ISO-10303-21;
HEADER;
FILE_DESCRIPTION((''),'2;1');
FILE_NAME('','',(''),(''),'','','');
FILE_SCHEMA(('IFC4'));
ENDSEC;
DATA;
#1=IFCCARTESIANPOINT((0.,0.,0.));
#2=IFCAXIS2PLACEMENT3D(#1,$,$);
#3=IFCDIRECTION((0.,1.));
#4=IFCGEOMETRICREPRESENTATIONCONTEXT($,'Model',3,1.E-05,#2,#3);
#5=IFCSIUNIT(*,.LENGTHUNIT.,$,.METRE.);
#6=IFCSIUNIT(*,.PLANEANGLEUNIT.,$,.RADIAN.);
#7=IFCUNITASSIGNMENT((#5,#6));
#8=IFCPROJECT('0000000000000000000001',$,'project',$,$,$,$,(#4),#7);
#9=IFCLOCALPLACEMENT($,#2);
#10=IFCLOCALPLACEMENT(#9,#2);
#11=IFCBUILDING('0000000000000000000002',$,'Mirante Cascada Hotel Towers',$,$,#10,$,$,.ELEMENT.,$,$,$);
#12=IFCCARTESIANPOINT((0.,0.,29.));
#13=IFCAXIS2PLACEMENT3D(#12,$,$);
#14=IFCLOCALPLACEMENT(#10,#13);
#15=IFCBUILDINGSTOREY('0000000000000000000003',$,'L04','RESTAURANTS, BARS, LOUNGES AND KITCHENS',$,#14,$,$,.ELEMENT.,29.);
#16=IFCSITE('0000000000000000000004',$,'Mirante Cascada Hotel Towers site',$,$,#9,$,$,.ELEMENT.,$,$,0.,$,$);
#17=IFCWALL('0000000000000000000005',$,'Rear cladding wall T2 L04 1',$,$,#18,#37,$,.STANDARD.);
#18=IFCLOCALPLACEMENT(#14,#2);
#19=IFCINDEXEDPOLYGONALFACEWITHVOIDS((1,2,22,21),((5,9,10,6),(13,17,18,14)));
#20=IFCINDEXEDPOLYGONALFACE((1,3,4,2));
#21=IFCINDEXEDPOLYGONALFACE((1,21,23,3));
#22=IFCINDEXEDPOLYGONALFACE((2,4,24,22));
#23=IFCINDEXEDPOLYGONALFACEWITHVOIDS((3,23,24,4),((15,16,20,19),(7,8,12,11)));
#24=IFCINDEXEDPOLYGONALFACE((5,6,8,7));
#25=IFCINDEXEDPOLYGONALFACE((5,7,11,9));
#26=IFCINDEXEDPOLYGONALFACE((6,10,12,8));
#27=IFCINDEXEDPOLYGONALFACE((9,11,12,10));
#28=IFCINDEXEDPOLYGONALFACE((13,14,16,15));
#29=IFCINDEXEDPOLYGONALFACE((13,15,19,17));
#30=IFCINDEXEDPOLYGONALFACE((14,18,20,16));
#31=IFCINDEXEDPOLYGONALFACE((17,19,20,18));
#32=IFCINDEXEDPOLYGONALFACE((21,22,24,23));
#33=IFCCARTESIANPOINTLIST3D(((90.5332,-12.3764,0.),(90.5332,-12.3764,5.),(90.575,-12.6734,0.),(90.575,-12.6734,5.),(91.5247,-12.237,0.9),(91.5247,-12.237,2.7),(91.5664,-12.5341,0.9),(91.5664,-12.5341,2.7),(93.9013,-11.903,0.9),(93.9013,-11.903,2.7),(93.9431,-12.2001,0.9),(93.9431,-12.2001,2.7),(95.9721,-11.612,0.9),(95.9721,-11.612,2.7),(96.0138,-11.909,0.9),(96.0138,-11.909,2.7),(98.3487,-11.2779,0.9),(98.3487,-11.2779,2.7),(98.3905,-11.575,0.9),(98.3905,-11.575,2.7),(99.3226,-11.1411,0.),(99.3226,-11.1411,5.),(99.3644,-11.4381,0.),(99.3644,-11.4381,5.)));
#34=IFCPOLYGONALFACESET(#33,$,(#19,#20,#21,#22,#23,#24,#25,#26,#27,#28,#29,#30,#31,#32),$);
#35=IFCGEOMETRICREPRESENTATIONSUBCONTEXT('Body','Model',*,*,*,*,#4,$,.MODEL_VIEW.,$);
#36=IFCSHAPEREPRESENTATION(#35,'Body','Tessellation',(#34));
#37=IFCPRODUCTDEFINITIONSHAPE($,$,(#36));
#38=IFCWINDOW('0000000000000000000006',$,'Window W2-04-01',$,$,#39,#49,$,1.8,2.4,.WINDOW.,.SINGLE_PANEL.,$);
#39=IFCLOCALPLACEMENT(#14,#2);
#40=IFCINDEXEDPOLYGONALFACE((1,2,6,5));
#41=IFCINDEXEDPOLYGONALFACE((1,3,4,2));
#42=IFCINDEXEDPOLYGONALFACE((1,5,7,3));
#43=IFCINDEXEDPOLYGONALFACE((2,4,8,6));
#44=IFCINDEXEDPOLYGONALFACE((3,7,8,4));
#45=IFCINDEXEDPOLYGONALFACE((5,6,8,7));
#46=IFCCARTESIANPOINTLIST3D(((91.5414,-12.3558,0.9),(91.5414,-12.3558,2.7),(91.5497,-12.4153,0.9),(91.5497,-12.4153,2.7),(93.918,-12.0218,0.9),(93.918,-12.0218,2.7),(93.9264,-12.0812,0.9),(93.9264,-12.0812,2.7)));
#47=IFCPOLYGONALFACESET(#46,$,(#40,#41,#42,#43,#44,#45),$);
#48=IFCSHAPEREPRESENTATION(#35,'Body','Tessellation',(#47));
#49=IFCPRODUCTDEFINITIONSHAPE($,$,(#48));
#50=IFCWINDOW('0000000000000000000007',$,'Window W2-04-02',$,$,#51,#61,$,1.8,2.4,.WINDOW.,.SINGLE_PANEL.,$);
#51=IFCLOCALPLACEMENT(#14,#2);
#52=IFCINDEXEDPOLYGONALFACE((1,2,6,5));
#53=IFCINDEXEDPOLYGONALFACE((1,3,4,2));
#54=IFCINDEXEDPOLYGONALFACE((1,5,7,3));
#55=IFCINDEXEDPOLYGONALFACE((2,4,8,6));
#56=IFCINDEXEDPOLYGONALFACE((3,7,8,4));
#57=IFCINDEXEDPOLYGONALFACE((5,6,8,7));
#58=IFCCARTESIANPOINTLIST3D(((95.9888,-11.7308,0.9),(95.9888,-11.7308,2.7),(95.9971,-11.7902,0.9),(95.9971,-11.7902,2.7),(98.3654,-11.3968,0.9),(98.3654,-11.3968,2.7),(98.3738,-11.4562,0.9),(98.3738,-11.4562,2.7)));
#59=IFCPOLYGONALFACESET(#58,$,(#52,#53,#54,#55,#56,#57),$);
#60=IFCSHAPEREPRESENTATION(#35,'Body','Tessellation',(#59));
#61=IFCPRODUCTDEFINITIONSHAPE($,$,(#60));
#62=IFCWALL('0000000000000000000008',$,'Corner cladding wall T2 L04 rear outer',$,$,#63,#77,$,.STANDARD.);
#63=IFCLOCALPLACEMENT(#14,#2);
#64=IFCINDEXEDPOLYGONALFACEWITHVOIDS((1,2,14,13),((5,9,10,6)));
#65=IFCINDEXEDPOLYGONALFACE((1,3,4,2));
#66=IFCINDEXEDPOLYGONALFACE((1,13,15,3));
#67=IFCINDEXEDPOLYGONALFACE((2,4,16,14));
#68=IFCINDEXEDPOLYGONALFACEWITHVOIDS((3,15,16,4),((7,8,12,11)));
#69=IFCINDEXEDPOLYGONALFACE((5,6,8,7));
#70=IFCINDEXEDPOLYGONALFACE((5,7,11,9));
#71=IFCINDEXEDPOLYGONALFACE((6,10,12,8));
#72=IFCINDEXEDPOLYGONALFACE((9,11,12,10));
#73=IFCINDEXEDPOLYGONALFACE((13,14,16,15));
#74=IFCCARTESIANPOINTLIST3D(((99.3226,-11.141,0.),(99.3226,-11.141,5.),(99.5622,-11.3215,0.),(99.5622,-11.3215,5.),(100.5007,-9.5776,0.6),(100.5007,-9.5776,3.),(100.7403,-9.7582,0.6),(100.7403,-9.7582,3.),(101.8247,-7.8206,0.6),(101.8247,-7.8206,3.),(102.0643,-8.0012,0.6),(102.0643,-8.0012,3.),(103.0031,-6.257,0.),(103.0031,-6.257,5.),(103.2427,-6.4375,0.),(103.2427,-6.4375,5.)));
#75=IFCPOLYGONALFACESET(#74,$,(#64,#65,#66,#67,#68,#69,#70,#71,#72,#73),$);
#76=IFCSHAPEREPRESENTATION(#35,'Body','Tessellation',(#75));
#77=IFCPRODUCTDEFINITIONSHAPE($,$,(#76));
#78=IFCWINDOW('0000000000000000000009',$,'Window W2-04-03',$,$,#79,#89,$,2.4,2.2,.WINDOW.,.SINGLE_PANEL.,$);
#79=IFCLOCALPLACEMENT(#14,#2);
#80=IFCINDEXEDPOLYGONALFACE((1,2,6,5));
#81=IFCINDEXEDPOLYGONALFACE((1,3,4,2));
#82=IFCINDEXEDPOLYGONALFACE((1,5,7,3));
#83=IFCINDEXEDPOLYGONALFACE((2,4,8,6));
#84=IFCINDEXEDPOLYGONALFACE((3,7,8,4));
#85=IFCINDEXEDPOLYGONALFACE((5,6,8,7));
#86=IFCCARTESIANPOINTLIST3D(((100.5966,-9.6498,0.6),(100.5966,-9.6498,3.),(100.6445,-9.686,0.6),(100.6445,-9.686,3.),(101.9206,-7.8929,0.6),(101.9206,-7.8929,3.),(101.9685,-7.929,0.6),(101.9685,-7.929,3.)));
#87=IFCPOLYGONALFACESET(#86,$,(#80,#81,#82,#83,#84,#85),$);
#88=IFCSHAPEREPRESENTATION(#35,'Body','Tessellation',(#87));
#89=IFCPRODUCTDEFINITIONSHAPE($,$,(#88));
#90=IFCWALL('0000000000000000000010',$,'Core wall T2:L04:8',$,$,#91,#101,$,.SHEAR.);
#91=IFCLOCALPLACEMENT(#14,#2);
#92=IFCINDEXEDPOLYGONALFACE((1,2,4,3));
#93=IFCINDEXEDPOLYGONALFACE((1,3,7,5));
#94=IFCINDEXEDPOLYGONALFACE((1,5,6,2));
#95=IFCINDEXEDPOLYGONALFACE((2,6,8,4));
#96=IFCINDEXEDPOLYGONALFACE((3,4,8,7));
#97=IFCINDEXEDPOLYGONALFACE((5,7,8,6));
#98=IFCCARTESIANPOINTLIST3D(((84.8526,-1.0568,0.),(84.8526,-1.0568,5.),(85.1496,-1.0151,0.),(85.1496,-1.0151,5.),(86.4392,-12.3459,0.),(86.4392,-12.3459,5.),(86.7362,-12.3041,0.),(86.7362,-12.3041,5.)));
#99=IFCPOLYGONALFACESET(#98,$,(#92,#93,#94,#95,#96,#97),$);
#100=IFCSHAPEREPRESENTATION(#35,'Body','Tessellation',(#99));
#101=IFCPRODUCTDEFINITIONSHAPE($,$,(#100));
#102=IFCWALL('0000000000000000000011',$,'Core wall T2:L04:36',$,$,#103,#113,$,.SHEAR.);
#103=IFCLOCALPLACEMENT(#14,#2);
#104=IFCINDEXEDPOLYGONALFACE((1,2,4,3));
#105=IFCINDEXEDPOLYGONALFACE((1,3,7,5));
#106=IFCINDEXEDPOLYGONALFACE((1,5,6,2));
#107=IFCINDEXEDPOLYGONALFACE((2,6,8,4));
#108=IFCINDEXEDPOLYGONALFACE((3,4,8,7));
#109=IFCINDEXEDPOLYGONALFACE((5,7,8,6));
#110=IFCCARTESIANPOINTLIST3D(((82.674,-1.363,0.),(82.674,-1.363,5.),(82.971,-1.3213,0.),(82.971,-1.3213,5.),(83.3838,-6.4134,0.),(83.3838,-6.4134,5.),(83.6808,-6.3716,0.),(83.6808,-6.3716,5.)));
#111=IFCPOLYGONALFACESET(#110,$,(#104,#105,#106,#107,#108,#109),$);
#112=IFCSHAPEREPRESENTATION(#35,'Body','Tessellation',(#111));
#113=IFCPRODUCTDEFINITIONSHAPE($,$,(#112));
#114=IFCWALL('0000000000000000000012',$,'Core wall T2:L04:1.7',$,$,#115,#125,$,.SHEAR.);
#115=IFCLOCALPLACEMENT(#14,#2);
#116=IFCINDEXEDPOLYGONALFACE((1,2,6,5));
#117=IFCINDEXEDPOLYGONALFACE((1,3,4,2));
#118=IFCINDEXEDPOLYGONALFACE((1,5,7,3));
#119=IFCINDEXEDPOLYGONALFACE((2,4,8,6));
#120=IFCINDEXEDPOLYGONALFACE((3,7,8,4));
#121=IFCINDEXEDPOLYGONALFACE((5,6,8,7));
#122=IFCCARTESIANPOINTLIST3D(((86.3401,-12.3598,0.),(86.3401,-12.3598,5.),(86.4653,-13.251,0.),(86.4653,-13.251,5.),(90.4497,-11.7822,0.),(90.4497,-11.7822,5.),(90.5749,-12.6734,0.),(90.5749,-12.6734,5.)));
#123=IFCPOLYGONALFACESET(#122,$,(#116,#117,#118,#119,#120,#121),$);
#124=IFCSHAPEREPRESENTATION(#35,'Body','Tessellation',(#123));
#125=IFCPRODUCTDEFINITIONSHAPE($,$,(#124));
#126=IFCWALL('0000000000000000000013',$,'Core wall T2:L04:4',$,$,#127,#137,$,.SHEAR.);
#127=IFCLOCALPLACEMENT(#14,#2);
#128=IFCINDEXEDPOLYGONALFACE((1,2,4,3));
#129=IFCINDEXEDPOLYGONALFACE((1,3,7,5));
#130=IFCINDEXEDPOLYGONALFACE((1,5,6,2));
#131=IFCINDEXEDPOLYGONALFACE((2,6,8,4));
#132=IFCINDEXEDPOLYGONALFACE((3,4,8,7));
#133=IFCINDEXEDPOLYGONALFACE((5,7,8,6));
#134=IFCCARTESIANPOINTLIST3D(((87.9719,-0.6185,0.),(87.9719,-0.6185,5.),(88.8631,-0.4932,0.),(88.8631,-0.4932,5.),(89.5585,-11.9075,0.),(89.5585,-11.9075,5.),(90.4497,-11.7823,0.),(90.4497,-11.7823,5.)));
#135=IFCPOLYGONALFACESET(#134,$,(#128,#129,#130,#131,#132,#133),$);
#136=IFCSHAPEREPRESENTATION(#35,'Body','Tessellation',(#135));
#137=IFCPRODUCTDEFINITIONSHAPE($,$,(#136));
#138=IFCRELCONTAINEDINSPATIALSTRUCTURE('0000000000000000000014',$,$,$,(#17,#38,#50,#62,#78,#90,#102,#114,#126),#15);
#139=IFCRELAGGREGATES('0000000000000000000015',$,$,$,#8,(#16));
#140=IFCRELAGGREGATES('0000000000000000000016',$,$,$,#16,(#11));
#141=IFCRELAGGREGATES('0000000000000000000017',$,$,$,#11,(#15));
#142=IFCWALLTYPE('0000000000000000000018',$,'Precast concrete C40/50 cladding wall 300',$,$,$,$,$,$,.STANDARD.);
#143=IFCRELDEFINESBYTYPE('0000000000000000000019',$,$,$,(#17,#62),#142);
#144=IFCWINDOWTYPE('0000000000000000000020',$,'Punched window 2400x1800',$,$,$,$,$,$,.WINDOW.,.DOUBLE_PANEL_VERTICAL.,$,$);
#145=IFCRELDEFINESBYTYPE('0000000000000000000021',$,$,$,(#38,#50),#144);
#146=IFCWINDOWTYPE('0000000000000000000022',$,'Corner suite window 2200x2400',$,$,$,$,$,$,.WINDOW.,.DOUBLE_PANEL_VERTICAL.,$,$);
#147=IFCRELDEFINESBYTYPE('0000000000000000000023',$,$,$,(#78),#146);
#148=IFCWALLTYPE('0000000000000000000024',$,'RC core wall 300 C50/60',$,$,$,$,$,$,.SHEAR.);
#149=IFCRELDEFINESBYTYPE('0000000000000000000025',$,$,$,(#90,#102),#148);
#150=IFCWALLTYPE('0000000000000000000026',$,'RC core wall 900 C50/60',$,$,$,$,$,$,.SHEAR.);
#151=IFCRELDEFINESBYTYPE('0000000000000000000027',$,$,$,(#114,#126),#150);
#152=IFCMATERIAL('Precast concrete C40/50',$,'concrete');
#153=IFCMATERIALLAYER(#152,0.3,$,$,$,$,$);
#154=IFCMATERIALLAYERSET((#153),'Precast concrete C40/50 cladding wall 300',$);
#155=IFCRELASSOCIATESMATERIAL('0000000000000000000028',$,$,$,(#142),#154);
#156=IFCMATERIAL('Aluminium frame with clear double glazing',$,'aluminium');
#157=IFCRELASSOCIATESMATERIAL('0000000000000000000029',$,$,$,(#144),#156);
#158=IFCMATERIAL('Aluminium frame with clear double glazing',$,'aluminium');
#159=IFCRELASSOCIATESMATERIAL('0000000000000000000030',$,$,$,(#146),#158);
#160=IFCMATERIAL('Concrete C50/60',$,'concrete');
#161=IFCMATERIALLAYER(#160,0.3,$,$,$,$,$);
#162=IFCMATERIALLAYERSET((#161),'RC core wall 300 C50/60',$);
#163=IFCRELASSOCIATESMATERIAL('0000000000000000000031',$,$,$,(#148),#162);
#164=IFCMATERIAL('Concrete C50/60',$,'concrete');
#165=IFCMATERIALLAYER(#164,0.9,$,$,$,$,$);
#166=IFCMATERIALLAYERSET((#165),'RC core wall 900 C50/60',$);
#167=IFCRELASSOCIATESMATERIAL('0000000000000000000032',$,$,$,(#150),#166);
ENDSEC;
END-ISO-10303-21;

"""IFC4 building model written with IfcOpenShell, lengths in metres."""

from ifc_helpers import new_model, si_unit, direction, frame, frame_2d, origin, place, context, subcontext, project, spatial, rectangle, extrude, material, layer, layer_set, type_object, element, fill, save


model = new_model("IFC4")

# Units and contexts
model_context = context("Model", 3, precision=1e-05, world=origin(), true_north=direction((0.0, 1.0)))
body_context = subcontext(model_context, "Body", "Model", "MODEL_VIEW")
ifc_project = project(units=[si_unit("LENGTHUNIT", "METRE"), si_unit("PLANEANGLEUNIT", "RADIAN")], contexts=[model_context])

# Site, building, storey
site_placement = place(None, origin())
site = spatial("IfcSite", under=ifc_project, at=site_placement, Name="Mirante Cascada Hotel Towers site", CompositionType="ELEMENT", RefElevation=0.0)
building_placement = place(site_placement, origin())
building = spatial("IfcBuilding", under=site, at=building_placement, Name="Mirante Cascada Hotel Towers", CompositionType="ELEMENT")
storey_placement = place(building_placement, frame((0.0, 0.0, 29.0)))
storey = spatial("IfcBuildingStorey", under=building, at=storey_placement, Name="L04", Description="RESTAURANTS, BARS, LOUNGES AND KITCHENS", CompositionType="ELEMENT", Elevation=29.0)

# Wall, openings, windows
ifc_material_1 = material(Name="Precast concrete C40/50", Category="concrete")
ifc_layer_1 = layer(ifc_material_1, 0.3)
ifc_layer_set_1 = layer_set([ifc_layer_1], Name="Precast concrete C40/50 cladding wall 300")
wall_type_1 = type_object("IfcWallType", Name="Precast concrete C40/50 cladding wall 300", PredefinedType="STANDARD", material=ifc_layer_set_1)
wall_1_placement = place(storey_placement, frame((90.5541, -12.5249, 0.0), z_axis=(0.0, 0.0, 1.0), x_axis=(0.990268, 0.139177, 0.0)))
wall_1 = element("IfcWall", 1, at=wall_1_placement, inside=storey, type_object=wall_type_1, Name="Rear cladding wall T2 L04 1", PredefinedType="STANDARD", context=body_context, shape_type="SweptSolid", body=[
    extrude(rectangle(XDim=8.8758, YDim=0.3, at=frame_2d((4.4379, 0.0))), origin(), (0.0, 0.0, 1.0), 5.0),
])
opening_1_placement = place(wall_1_placement, frame((1.0012, 0.0, 0.9)))
opening_1 = element("IfcOpeningElement", 2, at=opening_1_placement, cuts=wall_1, PredefinedType="OPENING", context=body_context, shape_type="SweptSolid", body=[
    extrude(rectangle(XDim=2.4, YDim=1.8, at=frame_2d((1.2, 0.9))), frame((0.0, 0.15, 0.0), z_axis=(0.0, -1.0, 0.0), x_axis=(1.0, 0.0, 0.0)), (0.0, 0.0, 1.0), 0.3),
])
opening_2_placement = place(wall_1_placement, frame((5.4923, 0.0, 0.9)))
opening_2 = element("IfcOpeningElement", 3, at=opening_2_placement, cuts=wall_1, PredefinedType="OPENING", context=body_context, shape_type="SweptSolid", body=[
    extrude(rectangle(XDim=2.4, YDim=1.8, at=frame_2d((1.2, 0.9))), frame((0.0, 0.15, 0.0), z_axis=(0.0, -1.0, 0.0), x_axis=(1.0, 0.0, 0.0)), (0.0, 0.0, 1.0), 0.3),
])
ifc_material_2 = material(Name="Aluminium frame with clear double glazing", Category="aluminium")
window_type_1 = type_object("IfcWindowType", Name="Punched window 2400x1800", PartitioningType="DOUBLE_PANEL_VERTICAL", PredefinedType="WINDOW", material=ifc_material_2)
window_1_placement = place(opening_1_placement, origin())
window_1 = element("IfcWindow", 4, at=window_1_placement, inside=storey, type_object=window_type_1, Name="Window W2-04-01", OverallHeight=1.8, OverallWidth=2.4, PartitioningType="SINGLE_PANEL", PredefinedType="WINDOW", context=body_context, shape_type="SweptSolid", body=[
    extrude(rectangle(XDim=2.4, YDim=1.8, at=frame_2d((1.2, 0.9))), frame((0.0, 0.03, 0.0), z_axis=(0.0, -1.0, 0.0), x_axis=(1.0, 0.0, 0.0)), (0.0, 0.0, 1.0), 0.06),
])
fill(opening_1, window_1)
window_2_placement = place(opening_2_placement, origin())
window_2 = element("IfcWindow", 5, at=window_2_placement, inside=storey, type_object=window_type_1, Name="Window W2-04-02", OverallHeight=1.8, OverallWidth=2.4, PartitioningType="SINGLE_PANEL", PredefinedType="WINDOW", context=body_context, shape_type="SweptSolid", body=[
    extrude(rectangle(XDim=2.4, YDim=1.8, at=frame_2d((1.2, 0.9))), frame((0.0, 0.03, 0.0), z_axis=(0.0, -1.0, 0.0), x_axis=(1.0, 0.0, 0.0)), (0.0, 0.0, 1.0), 0.06),
])
fill(opening_2, window_2)

# Wall, opening, window
wall_2_placement = place(storey_placement, frame((99.4424, -11.2313, 0.0), z_axis=(0.0, 0.0, 1.0), x_axis=(0.601819, 0.798632, 0.0)))
wall_2 = element("IfcWall", 6, at=wall_2_placement, inside=storey, type_object=wall_type_1, Name="Corner cladding wall T2 L04 rear outer", PredefinedType="STANDARD", context=body_context, shape_type="SweptSolid", body=[
    extrude(rectangle(XDim=6.1155, YDim=0.3, at=frame_2d((3.0578, 0.0))), origin(), (0.0, 0.0, 1.0), 5.0),
])
opening_3_placement = place(wall_2_placement, frame((1.9576, 0.0, 0.6)))
opening_3 = element("IfcOpeningElement", 7, at=opening_3_placement, cuts=wall_2, PredefinedType="OPENING", context=body_context, shape_type="SweptSolid", body=[
    extrude(rectangle(XDim=2.2, YDim=2.4, at=frame_2d((1.1, 1.2))), frame((0.0, 0.15, 0.0), z_axis=(0.0, -1.0, 0.0), x_axis=(1.0, 0.0, 0.0)), (0.0, 0.0, 1.0), 0.3),
])
ifc_material_3 = material(Name="Aluminium frame with clear double glazing", Category="aluminium")
window_type_2 = type_object("IfcWindowType", Name="Corner suite window 2200x2400", PartitioningType="DOUBLE_PANEL_VERTICAL", PredefinedType="WINDOW", material=ifc_material_3)
window_3_placement = place(opening_3_placement, origin())
window_3 = element("IfcWindow", 8, at=window_3_placement, inside=storey, type_object=window_type_2, Name="Window W2-04-03", OverallHeight=2.4, OverallWidth=2.2, PartitioningType="SINGLE_PANEL", PredefinedType="WINDOW", context=body_context, shape_type="SweptSolid", body=[
    extrude(rectangle(XDim=2.2, YDim=2.4, at=frame_2d((1.1, 1.2))), frame((0.0, 0.03, 0.0), z_axis=(0.0, -1.0, 0.0), x_axis=(1.0, 0.0, 0.0)), (0.0, 0.0, 1.0), 0.06),
])
fill(opening_3, window_3)

# Walls
ifc_material_4 = material(Name="Concrete C50/60", Category="concrete")
ifc_layer_2 = layer(ifc_material_4, 0.3)
ifc_layer_set_2 = layer_set([ifc_layer_2], Name="RC core wall 300 C50/60")
wall_type_2 = type_object("IfcWallType", Name="RC core wall 300 C50/60", PredefinedType="SHEAR", material=ifc_layer_set_2)
wall_3_placement = place(storey_placement, frame((86.5877, -12.325, 0.0), z_axis=(0.0, 0.0, 1.0), x_axis=(-0.139175, 0.990268, 0.0)))
element("IfcWall", 9, at=wall_3_placement, inside=storey, type_object=wall_type_2, Name="Core wall T2:L04:8", PredefinedType="SHEAR", context=body_context, shape_type="SweptSolid", body=[
    extrude(rectangle(XDim=11.4, YDim=0.3, at=frame_2d((5.7, 0.0))), origin(), (0.0, 0.0, 1.0), 5.0),
])
wall_4_placement = place(storey_placement, frame((83.5323, -6.3925, 0.0), z_axis=(0.0, 0.0, 1.0), x_axis=(-0.139176, 0.990268, 0.0)))
element("IfcWall", 10, at=wall_4_placement, inside=storey, type_object=wall_type_2, Name="Core wall T2:L04:36", PredefinedType="SHEAR", context=body_context, shape_type="SweptSolid", body=[
    extrude(rectangle(XDim=5.1, YDim=0.3, at=frame_2d((2.55, 0.0))), origin(), (0.0, 0.0, 1.0), 5.0),
])
ifc_material_5 = material(Name="Concrete C50/60", Category="concrete")
ifc_layer_3 = layer(ifc_material_5, 0.9)
ifc_layer_set_3 = layer_set([ifc_layer_3], Name="RC core wall 900 C50/60")
wall_type_3 = type_object("IfcWallType", Name="RC core wall 900 C50/60", PredefinedType="SHEAR", material=ifc_layer_set_3)
wall_5_placement = place(storey_placement, frame((86.4027, -12.8054, 0.0), z_axis=(0.0, 0.0, 1.0), x_axis=(0.990267, 0.139181, 0.0)))
element("IfcWall", 11, at=wall_5_placement, inside=storey, type_object=wall_type_3, Name="Core wall T2:L04:1.7", PredefinedType="SHEAR", context=body_context, shape_type="SweptSolid", body=[
    extrude(rectangle(XDim=4.15, YDim=0.9, at=frame_2d((2.075, 0.0))), origin(), (0.0, 0.0, 1.0), 5.0),
])
wall_6_placement = place(storey_placement, frame((90.0041, -11.8449, 0.0), z_axis=(0.0, 0.0, 1.0), x_axis=(-0.139175, 0.990268, 0.0)))
element("IfcWall", 12, at=wall_6_placement, inside=storey, type_object=wall_type_3, Name="Core wall T2:L04:4", PredefinedType="SHEAR", context=body_context, shape_type="SweptSolid", body=[
    extrude(rectangle(XDim=11.4, YDim=0.9, at=frame_2d((5.7, 0.0))), origin(), (0.0, 0.0, 1.0), 5.0),
])

save(model, "model.ifc")
